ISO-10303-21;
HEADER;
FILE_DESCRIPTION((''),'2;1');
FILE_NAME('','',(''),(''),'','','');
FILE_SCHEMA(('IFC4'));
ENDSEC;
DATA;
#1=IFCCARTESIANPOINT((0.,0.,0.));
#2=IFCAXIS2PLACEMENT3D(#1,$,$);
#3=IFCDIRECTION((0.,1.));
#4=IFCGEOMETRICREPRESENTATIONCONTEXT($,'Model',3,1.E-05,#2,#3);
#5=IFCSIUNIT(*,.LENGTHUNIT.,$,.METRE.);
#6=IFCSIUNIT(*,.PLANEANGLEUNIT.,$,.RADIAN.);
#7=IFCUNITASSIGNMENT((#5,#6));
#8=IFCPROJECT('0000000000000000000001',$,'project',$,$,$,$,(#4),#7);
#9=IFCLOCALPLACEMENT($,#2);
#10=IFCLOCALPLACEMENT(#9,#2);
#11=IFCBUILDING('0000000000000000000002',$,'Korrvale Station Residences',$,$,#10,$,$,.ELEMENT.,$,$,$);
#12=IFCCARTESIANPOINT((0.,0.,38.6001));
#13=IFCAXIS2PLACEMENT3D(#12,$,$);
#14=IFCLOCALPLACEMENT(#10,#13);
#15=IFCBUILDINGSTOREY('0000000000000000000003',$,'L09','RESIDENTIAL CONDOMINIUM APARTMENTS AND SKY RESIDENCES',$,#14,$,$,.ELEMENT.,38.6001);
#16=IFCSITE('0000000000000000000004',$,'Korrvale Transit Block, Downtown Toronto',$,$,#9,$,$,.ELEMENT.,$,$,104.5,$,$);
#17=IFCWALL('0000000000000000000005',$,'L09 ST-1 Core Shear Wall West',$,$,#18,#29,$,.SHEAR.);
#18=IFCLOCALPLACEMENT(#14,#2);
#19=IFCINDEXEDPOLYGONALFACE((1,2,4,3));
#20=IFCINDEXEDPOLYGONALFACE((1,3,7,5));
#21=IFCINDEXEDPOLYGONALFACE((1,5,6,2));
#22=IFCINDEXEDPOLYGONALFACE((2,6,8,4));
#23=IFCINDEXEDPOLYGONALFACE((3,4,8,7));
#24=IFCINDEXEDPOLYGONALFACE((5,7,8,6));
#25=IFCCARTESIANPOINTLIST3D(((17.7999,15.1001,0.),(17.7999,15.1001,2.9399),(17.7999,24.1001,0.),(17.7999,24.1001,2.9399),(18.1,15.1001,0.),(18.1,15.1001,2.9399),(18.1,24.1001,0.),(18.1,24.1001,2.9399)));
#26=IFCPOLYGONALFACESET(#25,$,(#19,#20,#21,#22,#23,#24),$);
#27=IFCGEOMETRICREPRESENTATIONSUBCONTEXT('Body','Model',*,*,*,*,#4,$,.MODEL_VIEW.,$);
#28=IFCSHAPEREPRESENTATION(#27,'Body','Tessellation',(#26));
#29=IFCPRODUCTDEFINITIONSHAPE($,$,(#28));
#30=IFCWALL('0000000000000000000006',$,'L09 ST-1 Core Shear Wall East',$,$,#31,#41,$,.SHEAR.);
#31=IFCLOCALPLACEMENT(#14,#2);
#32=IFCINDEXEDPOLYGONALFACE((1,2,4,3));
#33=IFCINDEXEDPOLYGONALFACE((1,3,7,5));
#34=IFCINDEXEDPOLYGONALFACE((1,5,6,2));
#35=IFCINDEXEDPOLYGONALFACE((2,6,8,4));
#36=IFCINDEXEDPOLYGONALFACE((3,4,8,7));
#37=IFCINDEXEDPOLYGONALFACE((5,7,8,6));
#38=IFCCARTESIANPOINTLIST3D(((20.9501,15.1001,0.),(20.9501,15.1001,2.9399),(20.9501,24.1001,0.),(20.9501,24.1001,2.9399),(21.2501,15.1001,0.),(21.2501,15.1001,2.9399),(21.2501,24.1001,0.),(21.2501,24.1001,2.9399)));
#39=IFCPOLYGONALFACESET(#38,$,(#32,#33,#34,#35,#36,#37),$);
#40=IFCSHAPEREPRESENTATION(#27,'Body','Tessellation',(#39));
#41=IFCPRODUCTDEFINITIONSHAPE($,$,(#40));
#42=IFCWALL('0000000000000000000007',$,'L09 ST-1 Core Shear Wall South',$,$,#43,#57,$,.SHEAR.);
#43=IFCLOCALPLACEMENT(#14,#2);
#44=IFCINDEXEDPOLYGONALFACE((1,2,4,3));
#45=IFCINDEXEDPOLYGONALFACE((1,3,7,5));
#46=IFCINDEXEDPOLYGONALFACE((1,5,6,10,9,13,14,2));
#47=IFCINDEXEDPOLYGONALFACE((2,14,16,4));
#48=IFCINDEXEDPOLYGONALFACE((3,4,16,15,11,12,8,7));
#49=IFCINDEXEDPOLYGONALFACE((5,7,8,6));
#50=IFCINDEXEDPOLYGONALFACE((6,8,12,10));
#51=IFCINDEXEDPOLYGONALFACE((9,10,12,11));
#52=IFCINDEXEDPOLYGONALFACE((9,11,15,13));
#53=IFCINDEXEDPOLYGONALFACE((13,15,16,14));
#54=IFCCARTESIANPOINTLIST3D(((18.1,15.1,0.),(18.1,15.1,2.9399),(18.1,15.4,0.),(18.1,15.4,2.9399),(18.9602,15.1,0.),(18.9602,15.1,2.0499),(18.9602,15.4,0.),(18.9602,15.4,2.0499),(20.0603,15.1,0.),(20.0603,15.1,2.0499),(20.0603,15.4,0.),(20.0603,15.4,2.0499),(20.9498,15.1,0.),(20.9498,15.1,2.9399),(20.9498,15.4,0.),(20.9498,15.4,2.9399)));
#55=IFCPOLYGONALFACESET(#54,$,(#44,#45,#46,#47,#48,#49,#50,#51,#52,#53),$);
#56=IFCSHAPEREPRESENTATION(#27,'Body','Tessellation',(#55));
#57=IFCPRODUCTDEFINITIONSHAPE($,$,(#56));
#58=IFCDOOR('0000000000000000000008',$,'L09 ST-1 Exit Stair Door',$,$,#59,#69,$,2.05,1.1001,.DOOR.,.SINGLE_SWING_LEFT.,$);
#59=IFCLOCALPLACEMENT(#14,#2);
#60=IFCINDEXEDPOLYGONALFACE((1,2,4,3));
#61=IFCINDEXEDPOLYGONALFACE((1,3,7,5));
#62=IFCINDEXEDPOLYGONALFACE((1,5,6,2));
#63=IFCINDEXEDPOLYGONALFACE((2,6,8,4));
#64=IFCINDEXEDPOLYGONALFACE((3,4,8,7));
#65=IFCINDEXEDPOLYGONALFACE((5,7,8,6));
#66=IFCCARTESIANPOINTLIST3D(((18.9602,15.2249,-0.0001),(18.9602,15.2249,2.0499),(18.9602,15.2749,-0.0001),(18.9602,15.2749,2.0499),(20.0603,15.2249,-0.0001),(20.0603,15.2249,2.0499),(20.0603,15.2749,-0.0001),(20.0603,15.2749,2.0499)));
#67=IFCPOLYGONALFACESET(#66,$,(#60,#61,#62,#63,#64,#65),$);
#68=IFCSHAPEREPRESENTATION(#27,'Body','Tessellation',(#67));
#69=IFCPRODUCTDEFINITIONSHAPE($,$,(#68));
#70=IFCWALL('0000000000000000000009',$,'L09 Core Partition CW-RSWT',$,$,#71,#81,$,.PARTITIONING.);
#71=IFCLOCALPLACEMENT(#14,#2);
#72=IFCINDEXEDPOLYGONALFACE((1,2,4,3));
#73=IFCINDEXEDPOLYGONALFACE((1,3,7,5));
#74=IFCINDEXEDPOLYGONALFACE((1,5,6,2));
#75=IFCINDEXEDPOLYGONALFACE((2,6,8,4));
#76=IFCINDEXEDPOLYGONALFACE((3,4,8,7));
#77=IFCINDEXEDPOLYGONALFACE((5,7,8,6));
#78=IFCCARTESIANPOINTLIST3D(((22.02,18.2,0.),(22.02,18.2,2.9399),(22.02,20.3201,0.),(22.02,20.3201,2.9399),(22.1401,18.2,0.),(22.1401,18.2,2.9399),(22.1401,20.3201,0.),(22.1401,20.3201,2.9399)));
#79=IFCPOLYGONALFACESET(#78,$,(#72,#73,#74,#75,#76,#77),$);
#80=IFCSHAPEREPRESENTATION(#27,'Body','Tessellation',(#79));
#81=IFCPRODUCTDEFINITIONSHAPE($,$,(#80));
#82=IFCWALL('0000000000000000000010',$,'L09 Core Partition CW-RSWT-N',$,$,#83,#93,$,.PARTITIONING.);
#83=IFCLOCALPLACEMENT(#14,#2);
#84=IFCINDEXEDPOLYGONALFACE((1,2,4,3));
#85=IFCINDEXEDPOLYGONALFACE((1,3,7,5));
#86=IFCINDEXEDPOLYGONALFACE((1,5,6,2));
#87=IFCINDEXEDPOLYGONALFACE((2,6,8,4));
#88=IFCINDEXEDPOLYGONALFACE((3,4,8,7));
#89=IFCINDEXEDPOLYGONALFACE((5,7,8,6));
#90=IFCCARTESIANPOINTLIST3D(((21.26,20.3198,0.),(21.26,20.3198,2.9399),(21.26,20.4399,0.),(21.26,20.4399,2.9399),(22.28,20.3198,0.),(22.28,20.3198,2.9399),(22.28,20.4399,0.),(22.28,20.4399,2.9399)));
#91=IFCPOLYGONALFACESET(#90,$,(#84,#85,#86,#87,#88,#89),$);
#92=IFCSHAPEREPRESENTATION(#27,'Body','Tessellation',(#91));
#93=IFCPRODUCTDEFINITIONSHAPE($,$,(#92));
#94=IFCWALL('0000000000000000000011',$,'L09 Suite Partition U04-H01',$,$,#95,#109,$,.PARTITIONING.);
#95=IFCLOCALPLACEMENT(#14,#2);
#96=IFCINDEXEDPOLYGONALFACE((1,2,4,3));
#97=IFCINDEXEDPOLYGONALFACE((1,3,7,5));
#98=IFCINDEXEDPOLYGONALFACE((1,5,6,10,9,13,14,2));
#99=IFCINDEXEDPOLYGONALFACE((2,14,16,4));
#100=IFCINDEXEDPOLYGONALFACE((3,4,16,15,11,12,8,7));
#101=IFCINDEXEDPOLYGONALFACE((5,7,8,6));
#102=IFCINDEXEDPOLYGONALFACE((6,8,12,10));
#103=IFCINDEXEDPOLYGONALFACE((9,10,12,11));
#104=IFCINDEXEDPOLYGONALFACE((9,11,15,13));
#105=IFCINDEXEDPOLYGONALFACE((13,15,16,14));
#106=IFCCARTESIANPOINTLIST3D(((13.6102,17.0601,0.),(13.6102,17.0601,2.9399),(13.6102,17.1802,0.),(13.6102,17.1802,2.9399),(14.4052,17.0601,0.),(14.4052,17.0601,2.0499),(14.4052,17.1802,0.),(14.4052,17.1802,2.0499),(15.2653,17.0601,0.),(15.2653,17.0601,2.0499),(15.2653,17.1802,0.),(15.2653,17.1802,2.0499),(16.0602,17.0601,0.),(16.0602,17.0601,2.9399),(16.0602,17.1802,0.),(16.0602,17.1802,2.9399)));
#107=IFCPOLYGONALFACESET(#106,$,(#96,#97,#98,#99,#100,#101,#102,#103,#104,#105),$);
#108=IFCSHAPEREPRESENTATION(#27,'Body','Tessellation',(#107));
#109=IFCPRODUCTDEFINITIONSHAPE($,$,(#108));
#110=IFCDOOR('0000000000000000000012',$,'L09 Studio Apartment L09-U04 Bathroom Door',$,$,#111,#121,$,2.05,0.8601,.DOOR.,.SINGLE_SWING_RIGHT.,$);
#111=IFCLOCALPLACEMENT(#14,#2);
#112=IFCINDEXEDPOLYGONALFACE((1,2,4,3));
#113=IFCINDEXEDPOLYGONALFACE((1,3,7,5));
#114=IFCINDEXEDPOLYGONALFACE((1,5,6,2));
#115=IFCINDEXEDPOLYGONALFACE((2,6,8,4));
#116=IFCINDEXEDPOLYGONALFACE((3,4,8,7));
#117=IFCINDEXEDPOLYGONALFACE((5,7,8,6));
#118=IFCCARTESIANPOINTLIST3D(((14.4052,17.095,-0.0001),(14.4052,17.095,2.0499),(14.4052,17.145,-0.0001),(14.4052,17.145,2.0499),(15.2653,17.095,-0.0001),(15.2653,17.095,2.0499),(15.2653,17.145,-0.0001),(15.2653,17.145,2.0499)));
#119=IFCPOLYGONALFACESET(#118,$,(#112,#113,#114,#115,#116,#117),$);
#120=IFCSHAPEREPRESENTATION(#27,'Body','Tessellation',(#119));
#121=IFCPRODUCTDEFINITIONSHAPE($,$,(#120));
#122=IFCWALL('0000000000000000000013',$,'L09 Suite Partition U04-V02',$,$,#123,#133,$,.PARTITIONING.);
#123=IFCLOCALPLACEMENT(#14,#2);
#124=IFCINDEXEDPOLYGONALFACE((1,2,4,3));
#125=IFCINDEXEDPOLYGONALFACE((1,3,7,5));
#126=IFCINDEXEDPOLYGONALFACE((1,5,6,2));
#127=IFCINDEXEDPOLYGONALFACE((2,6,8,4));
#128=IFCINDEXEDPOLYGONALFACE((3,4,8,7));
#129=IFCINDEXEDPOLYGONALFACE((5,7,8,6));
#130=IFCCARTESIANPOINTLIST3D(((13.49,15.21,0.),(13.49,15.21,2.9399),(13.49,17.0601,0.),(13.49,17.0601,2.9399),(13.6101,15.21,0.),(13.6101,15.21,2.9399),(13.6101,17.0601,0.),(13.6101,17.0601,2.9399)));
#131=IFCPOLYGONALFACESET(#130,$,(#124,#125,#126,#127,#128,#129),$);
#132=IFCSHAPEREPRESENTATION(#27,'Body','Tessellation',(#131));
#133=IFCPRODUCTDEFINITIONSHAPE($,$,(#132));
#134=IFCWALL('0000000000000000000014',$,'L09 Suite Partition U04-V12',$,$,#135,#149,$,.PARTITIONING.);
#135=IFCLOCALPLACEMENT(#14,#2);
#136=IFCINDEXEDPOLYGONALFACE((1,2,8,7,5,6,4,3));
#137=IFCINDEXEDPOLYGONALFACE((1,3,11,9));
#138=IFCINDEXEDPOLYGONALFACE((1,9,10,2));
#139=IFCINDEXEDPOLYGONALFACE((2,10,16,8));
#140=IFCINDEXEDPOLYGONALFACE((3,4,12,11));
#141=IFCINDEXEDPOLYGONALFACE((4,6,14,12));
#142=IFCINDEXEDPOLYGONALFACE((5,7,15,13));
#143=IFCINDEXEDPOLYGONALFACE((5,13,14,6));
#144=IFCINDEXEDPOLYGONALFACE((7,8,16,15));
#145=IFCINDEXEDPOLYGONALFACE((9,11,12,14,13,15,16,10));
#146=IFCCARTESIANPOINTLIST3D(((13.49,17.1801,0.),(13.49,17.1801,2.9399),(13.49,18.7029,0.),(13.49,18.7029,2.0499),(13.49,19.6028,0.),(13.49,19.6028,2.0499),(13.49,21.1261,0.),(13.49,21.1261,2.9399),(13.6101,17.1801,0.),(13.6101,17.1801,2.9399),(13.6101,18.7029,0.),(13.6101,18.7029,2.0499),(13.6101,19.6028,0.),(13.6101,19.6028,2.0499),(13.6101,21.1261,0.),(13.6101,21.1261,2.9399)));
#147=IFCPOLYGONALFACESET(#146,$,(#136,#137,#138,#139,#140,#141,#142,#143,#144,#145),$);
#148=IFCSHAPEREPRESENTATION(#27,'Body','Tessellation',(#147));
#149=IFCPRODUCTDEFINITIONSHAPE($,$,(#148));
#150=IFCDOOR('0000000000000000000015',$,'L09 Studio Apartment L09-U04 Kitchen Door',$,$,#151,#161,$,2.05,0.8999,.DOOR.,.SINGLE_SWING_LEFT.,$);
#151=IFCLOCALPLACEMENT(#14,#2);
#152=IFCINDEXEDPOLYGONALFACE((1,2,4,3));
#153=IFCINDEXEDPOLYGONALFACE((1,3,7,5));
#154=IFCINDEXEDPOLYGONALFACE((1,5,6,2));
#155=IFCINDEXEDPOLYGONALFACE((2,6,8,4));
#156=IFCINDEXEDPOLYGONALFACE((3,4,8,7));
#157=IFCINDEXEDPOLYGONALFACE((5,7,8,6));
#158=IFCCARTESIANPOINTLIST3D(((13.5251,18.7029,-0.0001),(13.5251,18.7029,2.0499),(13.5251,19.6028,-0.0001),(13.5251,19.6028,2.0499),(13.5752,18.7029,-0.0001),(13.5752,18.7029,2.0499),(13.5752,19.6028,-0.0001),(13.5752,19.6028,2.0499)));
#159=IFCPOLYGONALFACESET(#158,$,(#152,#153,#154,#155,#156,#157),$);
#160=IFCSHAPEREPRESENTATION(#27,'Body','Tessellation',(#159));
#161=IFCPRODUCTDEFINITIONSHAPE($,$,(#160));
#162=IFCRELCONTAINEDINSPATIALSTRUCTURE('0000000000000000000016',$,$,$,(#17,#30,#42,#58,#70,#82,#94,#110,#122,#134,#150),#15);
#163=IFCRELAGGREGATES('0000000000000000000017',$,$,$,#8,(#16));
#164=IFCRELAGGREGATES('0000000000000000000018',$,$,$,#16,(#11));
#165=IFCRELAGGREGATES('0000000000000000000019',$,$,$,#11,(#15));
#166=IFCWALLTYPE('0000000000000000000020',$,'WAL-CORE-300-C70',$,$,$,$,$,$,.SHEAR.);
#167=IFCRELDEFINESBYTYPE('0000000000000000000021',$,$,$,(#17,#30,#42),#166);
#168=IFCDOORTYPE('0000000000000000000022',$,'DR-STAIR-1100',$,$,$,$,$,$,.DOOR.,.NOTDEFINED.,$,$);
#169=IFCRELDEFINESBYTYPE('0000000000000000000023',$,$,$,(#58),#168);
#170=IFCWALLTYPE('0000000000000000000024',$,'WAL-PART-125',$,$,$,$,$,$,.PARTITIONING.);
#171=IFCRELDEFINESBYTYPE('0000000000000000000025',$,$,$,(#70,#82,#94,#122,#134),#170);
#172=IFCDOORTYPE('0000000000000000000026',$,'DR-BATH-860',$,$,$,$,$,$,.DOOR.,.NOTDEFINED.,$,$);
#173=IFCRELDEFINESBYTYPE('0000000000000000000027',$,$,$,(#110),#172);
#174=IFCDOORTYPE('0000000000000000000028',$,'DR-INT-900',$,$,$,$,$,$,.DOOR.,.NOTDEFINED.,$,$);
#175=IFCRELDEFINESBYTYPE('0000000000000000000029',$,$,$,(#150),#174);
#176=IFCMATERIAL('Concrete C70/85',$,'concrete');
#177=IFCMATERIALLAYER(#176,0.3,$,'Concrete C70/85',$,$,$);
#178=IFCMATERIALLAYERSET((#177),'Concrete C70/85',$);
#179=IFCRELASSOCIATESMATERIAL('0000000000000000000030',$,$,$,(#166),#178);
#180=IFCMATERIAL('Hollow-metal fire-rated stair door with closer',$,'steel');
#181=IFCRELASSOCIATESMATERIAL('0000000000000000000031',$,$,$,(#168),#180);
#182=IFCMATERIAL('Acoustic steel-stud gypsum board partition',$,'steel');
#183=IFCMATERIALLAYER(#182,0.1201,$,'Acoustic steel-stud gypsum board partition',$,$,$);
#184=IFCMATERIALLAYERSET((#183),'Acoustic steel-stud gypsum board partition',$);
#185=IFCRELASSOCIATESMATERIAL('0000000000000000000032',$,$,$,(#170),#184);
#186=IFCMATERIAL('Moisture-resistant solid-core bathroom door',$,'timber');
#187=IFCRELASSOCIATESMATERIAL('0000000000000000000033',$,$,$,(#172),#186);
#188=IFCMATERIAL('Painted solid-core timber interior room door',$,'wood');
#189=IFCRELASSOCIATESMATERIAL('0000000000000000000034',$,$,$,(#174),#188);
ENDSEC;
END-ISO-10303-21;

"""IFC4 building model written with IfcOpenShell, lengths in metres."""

from ifc_helpers import new_model, si_unit, direction, frame, frame_2d, origin, place, context, subcontext, project, spatial, rectangle, extrude, material, layer, layer_set, type_object, element, fill, save


model = new_model("IFC4")

# Units and contexts
model_context = context("Model", 3, precision=1e-05, world=origin(), true_north=direction((0.0, 1.0)))
body_context = subcontext(model_context, "Body", "Model", "MODEL_VIEW")
ifc_project = project(units=[si_unit("LENGTHUNIT", "METRE"), si_unit("PLANEANGLEUNIT", "RADIAN")], contexts=[model_context])

# Site, building, storey
site_placement = place(None, origin())
site = spatial("IfcSite", under=ifc_project, at=site_placement, Name="Korrvale Transit Block, Downtown Toronto", CompositionType="ELEMENT", RefElevation=104.5)
building_placement = place(site_placement, origin())
building = spatial("IfcBuilding", under=site, at=building_placement, Name="Korrvale Station Residences", CompositionType="ELEMENT")
storey_placement = place(building_placement, frame((0.0, 0.0, 38.6001)))
storey = spatial("IfcBuildingStorey", under=building, at=storey_placement, Name="L09", Description="RESIDENTIAL CONDOMINIUM APARTMENTS AND SKY RESIDENCES", CompositionType="ELEMENT", Elevation=38.6001)

# Walls
ifc_material_1 = material(Name="Concrete C70/85", Category="concrete")
ifc_layer_1 = layer(ifc_material_1, 0.3, Name="Concrete C70/85")
ifc_layer_set_1 = layer_set([ifc_layer_1], Name="Concrete C70/85")
wall_type_1 = type_object("IfcWallType", Name="WAL-CORE-300-C70", PredefinedType="SHEAR", material=ifc_layer_set_1)
for number, where, z_axis, x_axis, name in (
    (1, (17.95, 15.1001, 0.0), (0.0, 0.0, 1.0), (0.0, 1.0, 0.0), "L09 ST-1 Core Shear Wall West"),
    (2, (21.1001, 15.1001, 0.0), (0.0, 0.0, 1.0), (0.0, 1.0, 0.0), "L09 ST-1 Core Shear Wall East"),
):
    element("IfcWall", number, at=place(storey_placement, frame(where, z_axis=z_axis, x_axis=x_axis)), inside=storey, type_object=wall_type_1, Name=name, PredefinedType="SHEAR", context=body_context, shape_type="SweptSolid", body=[
        extrude(rectangle(XDim=9.0, YDim=0.3, at=frame_2d((4.5, 0.0))), origin(), (0.0, 0.0, 1.0), 2.9399),
    ])

# Wall, opening, door
wall_1_placement = place(storey_placement, frame((18.1001, 15.25, 0.0), z_axis=(0.0, 0.0, 1.0), x_axis=(1.0, 0.0, 0.0)))
wall_1 = element("IfcWall", 3, at=wall_1_placement, inside=storey, type_object=wall_type_1, Name="L09 ST-1 Core Shear Wall South", PredefinedType="SHEAR", context=body_context, shape_type="SweptSolid", body=[
    extrude(rectangle(XDim=2.8499, YDim=0.3, at=frame_2d((1.4248, 0.0))), origin(), (0.0, 0.0, 1.0), 2.9399),
])
opening_1_placement = place(wall_1_placement, frame((0.8601, 0.0, 0.0)))
opening_1 = element("IfcOpeningElement", 4, at=opening_1_placement, cuts=wall_1, PredefinedType="OPENING", context=body_context, shape_type="SweptSolid", body=[
    extrude(rectangle(XDim=1.1001, YDim=2.05, at=frame_2d((0.55, 1.0249))), frame((0.0, 0.1602, 0.0), z_axis=(0.0, -1.0, 0.0), x_axis=(1.0, 0.0, 0.0)), (0.0, 0.0, 1.0), 0.3201),
])
ifc_material_2 = material(Name="Hollow-metal fire-rated stair door with closer", Category="steel")
door_type_1 = type_object("IfcDoorType", Name="DR-STAIR-1100", OperationType="NOTDEFINED", PredefinedType="DOOR", material=ifc_material_2)
door_1_placement = place(opening_1_placement, origin())
door_1 = element("IfcDoor", 5, at=door_1_placement, inside=storey, type_object=door_type_1, Name="L09 ST-1 Exit Stair Door", OperationType="SINGLE_SWING_LEFT", OverallHeight=2.05, OverallWidth=1.1001, PredefinedType="DOOR", context=body_context, shape_type="SweptSolid", body=[
    extrude(rectangle(XDim=1.1001, YDim=2.05, at=frame_2d((0.55, 1.0249))), frame((0.0, 0.0249, 0.0), z_axis=(0.0, -1.0, 0.0), x_axis=(1.0, 0.0, 0.0)), (0.0, 0.0, 1.0), 0.05),
])
fill(opening_1, door_1)

# Walls
ifc_material_3 = material(Name="Acoustic steel-stud gypsum board partition", Category="steel")
ifc_layer_2 = layer(ifc_material_3, 0.1201, Name="Acoustic steel-stud gypsum board partition")
ifc_layer_set_2 = layer_set([ifc_layer_2], Name="Acoustic steel-stud gypsum board partition")
wall_type_2 = type_object("IfcWallType", Name="WAL-PART-125", PredefinedType="PARTITIONING", material=ifc_layer_set_2)
wall_2_placement = place(storey_placement, frame((22.0801, 18.2, 0.0), z_axis=(0.0, 0.0, 1.0), x_axis=(0.0, 1.0, 0.0)))
element("IfcWall", 6, at=wall_2_placement, inside=storey, type_object=wall_type_2, Name="L09 Core Partition CW-RSWT", PredefinedType="PARTITIONING", context=body_context, shape_type="SweptSolid", body=[
    extrude(rectangle(XDim=2.1201, YDim=0.1201, at=frame_2d((1.0601, 0.0))), origin(), (0.0, 0.0, 1.0), 2.9399),
])
wall_3_placement = place(storey_placement, frame((22.28, 20.3799, 0.0), z_axis=(0.0, 0.0, 1.0), x_axis=(-1.0, 0.0, 0.0)))
element("IfcWall", 7, at=wall_3_placement, inside=storey, type_object=wall_type_2, Name="L09 Core Partition CW-RSWT-N", PredefinedType="PARTITIONING", context=body_context, shape_type="SweptSolid", body=[
    extrude(rectangle(XDim=1.02, YDim=0.1201, at=frame_2d((0.51, 0.0))), origin(), (0.0, 0.0, 1.0), 2.9399),
])

# Wall, opening, door
wall_4_placement = place(storey_placement, frame((13.6101, 17.1201, 0.0), z_axis=(0.0, 0.0, 1.0), x_axis=(1.0, 0.0, 0.0)))
wall_4 = element("IfcWall", 8, at=wall_4_placement, inside=storey, type_object=wall_type_2, Name="L09 Suite Partition U04-H01", PredefinedType="PARTITIONING", context=body_context, shape_type="SweptSolid", body=[
    extrude(rectangle(XDim=2.45, YDim=0.1201, at=frame_2d((1.2251, 0.0))), origin(), (0.0, 0.0, 1.0), 2.9399),
])
opening_2_placement = place(wall_4_placement, frame((0.7949, 0.0, 0.0)))
opening_2 = element("IfcOpeningElement", 9, at=opening_2_placement, cuts=wall_4, PredefinedType="OPENING", context=body_context, shape_type="SweptSolid", body=[
    extrude(rectangle(XDim=0.8601, YDim=2.05, at=frame_2d((0.4302, 1.0249))), frame((0.0, 0.0701, 0.0), z_axis=(0.0, -1.0, 0.0), x_axis=(1.0, 0.0, 0.0)), (0.0, 0.0, 1.0), 0.1401),
])
ifc_material_4 = material(Name="Moisture-resistant solid-core bathroom door", Category="timber")
door_type_2 = type_object("IfcDoorType", Name="DR-BATH-860", OperationType="NOTDEFINED", PredefinedType="DOOR", material=ifc_material_4)
door_2_placement = place(opening_2_placement, origin())
door_2 = element("IfcDoor", 10, at=door_2_placement, inside=storey, type_object=door_type_2, Name="L09 Studio Apartment L09-U04 Bathroom Door", OperationType="SINGLE_SWING_RIGHT", OverallHeight=2.05, OverallWidth=0.8601, PredefinedType="DOOR", context=body_context, shape_type="SweptSolid", body=[
    extrude(rectangle(XDim=0.8601, YDim=2.05, at=frame_2d((0.4302, 1.0249))), frame((0.0, 0.0249, 0.0), z_axis=(0.0, -1.0, 0.0), x_axis=(1.0, 0.0, 0.0)), (0.0, 0.0, 1.0), 0.05),
])
fill(opening_2, door_2)

# Wall
wall_5_placement = place(storey_placement, frame((13.55, 15.21, 0.0), z_axis=(0.0, 0.0, 1.0), x_axis=(0.0, 1.0, 0.0)))
element("IfcWall", 11, at=wall_5_placement, inside=storey, type_object=wall_type_2, Name="L09 Suite Partition U04-V02", PredefinedType="PARTITIONING", context=body_context, shape_type="SweptSolid", body=[
    extrude(rectangle(XDim=1.8501, YDim=0.1201, at=frame_2d((0.925, 0.0))), origin(), (0.0, 0.0, 1.0), 2.9399),
])

# Wall, opening, door
wall_6_placement = place(storey_placement, frame((13.55, 17.1799, 0.0), z_axis=(0.0, 0.0, 1.0), x_axis=(0.0, 1.0, 0.0)))
wall_6 = element("IfcWall", 12, at=wall_6_placement, inside=storey, type_object=wall_type_2, Name="L09 Suite Partition U04-V12", PredefinedType="PARTITIONING", context=body_context, shape_type="SweptSolid", body=[
    extrude(rectangle(XDim=3.946, YDim=0.1201, at=frame_2d((1.9731, 0.0))), origin(), (0.0, 0.0, 1.0), 2.9399),
])
opening_3_placement = place(wall_6_placement, frame((1.5229, 0.0, 0.0)))
opening_3 = element("IfcOpeningElement", 13, at=opening_3_placement, cuts=wall_6, PredefinedType="OPENING", context=body_context, shape_type="SweptSolid", body=[
    extrude(rectangle(XDim=0.8999, YDim=2.05, at=frame_2d((0.45, 1.0249))), frame((0.0, 0.0701, 0.0), z_axis=(0.0, -1.0, 0.0), x_axis=(1.0, 0.0, 0.0)), (0.0, 0.0, 1.0), 0.1401),
])
ifc_material_5 = material(Name="Painted solid-core timber interior room door", Category="wood")
door_type_3 = type_object("IfcDoorType", Name="DR-INT-900", OperationType="NOTDEFINED", PredefinedType="DOOR", material=ifc_material_5)
door_3_placement = place(opening_3_placement, origin())
door_3 = element("IfcDoor", 14, at=door_3_placement, inside=storey, type_object=door_type_3, Name="L09 Studio Apartment L09-U04 Kitchen Door", OperationType="SINGLE_SWING_LEFT", OverallHeight=2.05, OverallWidth=0.8999, PredefinedType="DOOR", context=body_context, shape_type="SweptSolid", body=[
    extrude(rectangle(XDim=0.8999, YDim=2.05, at=frame_2d((0.45, 1.0249))), frame((0.0, 0.0249, 0.0), z_axis=(0.0, -1.0, 0.0), x_axis=(1.0, 0.0, 0.0)), (0.0, 0.0, 1.0), 0.05),
])
fill(opening_3, door_3)

save(model, "model.ifc")
